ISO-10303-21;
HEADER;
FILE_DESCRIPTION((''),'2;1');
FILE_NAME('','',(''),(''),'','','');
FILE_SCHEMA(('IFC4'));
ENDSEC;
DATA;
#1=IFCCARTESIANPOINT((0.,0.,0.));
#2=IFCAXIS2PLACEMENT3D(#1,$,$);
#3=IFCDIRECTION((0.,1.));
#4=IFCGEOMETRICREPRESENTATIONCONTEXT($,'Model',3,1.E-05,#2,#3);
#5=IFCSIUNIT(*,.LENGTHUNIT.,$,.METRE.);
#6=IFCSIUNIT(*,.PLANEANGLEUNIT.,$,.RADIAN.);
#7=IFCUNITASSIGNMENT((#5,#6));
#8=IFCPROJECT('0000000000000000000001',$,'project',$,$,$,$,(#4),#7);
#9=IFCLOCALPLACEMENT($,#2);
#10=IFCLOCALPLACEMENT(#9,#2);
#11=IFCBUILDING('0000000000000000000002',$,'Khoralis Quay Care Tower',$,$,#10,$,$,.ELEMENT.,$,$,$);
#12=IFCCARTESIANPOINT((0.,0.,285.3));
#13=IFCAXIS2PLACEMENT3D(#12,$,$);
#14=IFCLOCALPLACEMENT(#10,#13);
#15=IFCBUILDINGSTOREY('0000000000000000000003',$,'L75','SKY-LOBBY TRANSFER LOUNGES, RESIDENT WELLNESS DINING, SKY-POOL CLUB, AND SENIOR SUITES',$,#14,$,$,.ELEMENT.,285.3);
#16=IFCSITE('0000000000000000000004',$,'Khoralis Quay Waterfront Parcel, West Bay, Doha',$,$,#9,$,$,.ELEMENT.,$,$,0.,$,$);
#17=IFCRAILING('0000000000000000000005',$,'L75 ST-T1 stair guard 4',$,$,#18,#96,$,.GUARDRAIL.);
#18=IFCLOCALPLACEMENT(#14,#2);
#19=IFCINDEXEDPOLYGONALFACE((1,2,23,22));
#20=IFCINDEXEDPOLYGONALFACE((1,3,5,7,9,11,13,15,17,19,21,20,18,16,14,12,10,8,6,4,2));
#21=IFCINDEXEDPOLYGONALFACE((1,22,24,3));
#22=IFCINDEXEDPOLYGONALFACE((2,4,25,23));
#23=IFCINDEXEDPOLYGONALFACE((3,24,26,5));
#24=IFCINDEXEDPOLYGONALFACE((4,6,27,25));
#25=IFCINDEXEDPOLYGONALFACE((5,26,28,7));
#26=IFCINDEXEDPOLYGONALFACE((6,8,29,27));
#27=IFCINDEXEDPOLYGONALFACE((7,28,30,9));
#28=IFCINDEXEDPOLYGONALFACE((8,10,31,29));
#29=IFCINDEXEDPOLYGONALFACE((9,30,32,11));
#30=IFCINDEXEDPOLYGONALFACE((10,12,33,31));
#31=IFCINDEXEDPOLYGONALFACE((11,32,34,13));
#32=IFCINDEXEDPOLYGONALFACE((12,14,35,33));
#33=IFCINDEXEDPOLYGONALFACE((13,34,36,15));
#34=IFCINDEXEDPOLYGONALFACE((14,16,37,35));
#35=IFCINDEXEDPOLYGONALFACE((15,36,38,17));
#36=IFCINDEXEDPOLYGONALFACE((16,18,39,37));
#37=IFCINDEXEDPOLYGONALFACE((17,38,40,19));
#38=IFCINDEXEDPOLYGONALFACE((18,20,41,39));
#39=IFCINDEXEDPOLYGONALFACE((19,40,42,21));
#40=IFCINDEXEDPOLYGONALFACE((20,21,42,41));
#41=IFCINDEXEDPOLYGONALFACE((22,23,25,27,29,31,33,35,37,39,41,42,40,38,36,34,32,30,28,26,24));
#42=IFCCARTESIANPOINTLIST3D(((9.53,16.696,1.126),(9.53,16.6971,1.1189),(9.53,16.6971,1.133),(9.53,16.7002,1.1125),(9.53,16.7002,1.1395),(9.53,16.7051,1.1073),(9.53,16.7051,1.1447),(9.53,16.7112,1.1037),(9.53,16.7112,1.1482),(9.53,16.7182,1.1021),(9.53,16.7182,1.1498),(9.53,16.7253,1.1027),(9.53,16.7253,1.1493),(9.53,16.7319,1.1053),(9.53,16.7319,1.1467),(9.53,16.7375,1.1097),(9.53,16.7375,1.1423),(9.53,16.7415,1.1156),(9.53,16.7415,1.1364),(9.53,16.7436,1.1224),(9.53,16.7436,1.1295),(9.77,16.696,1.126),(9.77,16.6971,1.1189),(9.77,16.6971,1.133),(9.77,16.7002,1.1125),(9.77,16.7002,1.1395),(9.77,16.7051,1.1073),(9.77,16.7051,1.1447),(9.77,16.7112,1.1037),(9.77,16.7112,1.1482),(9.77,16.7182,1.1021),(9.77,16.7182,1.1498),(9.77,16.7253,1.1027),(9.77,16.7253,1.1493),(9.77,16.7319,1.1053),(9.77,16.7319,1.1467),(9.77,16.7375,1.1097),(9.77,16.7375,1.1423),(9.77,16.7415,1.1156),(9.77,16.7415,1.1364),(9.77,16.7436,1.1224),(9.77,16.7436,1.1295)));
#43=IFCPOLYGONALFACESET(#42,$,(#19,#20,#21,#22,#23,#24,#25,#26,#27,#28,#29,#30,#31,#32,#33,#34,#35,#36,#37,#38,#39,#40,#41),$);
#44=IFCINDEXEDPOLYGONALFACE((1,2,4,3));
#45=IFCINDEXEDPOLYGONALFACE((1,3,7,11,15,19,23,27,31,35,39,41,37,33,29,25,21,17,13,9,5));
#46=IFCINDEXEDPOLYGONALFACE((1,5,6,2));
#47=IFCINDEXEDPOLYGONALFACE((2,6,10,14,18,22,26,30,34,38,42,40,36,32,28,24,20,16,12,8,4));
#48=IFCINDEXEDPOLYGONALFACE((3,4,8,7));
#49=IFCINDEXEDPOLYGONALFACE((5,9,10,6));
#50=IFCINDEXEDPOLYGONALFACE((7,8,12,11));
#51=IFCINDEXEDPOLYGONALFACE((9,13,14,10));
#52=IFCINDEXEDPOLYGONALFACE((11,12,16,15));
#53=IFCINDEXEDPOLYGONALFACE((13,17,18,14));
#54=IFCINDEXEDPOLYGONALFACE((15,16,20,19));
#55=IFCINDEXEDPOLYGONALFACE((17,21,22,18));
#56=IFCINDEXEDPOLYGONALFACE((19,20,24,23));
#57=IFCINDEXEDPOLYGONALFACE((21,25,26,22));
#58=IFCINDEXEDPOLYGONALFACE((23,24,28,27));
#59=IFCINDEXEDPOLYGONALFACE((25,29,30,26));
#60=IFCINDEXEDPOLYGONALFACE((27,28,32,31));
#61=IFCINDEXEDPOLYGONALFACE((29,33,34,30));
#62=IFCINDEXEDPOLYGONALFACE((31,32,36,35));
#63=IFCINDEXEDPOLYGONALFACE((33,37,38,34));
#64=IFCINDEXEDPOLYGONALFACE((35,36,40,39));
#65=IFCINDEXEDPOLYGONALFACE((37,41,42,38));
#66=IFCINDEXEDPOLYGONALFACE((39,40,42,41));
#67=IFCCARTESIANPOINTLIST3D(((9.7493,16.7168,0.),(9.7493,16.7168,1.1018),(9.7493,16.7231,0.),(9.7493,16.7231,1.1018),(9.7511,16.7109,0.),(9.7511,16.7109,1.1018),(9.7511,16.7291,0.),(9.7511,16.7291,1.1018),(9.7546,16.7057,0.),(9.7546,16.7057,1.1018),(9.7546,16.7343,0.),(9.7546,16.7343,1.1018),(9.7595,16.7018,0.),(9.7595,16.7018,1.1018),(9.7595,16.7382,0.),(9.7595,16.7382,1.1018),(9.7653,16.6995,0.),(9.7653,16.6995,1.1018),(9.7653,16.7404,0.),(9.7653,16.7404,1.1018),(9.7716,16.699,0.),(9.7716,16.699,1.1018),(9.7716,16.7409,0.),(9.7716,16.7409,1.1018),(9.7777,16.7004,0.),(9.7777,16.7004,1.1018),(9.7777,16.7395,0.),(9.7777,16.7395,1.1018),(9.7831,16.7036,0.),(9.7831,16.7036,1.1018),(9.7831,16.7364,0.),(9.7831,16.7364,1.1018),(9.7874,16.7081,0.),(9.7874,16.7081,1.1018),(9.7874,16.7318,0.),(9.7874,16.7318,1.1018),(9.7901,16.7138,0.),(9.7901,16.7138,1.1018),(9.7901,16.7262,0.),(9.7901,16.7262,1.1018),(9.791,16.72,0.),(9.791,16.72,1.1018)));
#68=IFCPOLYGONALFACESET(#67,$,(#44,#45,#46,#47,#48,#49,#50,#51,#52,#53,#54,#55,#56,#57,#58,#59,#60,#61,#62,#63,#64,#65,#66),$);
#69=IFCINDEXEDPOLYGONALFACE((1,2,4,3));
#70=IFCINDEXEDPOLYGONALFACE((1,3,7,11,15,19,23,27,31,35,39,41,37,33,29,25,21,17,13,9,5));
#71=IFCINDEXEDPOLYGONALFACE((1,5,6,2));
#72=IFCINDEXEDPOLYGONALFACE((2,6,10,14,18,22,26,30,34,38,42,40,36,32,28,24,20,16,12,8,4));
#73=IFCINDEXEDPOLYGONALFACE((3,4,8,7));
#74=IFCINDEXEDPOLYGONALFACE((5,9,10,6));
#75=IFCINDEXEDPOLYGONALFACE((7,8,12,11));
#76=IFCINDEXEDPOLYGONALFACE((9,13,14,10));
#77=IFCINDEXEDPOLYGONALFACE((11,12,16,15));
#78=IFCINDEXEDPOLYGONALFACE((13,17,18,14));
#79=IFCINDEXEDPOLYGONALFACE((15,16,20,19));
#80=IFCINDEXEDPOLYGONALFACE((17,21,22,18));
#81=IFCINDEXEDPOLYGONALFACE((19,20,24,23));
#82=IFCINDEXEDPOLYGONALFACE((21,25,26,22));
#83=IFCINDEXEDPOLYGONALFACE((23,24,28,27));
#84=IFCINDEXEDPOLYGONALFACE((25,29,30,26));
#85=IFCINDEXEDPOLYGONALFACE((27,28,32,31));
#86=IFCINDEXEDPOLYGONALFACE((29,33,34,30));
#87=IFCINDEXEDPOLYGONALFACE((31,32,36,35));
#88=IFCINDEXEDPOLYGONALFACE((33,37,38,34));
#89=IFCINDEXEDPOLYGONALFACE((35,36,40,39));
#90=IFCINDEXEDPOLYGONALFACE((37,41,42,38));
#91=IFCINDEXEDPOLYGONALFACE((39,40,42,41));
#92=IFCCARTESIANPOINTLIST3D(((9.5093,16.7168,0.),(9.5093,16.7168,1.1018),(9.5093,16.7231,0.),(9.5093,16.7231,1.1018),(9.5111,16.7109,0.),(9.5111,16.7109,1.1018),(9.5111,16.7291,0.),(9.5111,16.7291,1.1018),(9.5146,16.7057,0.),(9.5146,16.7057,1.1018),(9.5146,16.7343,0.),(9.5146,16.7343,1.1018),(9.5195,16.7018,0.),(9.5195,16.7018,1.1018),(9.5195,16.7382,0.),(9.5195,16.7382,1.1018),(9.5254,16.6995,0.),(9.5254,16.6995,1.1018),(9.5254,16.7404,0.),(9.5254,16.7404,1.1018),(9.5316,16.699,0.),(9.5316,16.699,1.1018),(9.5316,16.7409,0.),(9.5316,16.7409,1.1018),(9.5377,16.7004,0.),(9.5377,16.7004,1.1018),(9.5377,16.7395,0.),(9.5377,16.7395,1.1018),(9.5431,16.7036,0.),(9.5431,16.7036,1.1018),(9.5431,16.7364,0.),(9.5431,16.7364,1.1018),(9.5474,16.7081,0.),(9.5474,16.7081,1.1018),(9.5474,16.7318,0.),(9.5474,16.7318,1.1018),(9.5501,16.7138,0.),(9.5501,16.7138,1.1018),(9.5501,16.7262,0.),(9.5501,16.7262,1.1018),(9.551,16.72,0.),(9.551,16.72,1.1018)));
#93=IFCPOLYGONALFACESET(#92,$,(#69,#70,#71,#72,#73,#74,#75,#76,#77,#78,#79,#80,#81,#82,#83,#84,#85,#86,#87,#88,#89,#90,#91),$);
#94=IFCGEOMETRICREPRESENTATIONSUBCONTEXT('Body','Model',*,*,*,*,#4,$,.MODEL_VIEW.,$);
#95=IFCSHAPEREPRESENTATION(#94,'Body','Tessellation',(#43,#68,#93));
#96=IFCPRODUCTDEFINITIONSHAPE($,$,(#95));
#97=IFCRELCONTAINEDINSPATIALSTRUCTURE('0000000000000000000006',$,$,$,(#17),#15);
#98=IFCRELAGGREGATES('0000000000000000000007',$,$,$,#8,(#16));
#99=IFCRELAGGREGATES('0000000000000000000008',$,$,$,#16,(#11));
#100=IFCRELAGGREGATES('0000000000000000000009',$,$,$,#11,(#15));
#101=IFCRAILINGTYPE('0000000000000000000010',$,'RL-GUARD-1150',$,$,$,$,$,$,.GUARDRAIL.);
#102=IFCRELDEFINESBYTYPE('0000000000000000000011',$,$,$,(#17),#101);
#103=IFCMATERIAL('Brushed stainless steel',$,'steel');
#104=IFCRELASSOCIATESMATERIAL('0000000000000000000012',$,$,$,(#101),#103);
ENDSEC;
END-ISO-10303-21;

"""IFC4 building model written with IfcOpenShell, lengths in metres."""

from ifc_helpers import new_model, si_unit, direction, frame, origin, origin_2d, place, context, subcontext, project, spatial, circle, extrude, material, type_object, element, save


model = new_model("IFC4")

# Units and contexts
model_context = context("Model", 3, precision=1e-05, world=origin(), true_north=direction((0.0, 1.0)))
body_context = subcontext(model_context, "Body", "Model", "MODEL_VIEW")
ifc_project = project(units=[si_unit("LENGTHUNIT", "METRE"), si_unit("PLANEANGLEUNIT", "RADIAN")], contexts=[model_context])

# Site, building, storey
site_placement = place(None, origin())
site = spatial("IfcSite", under=ifc_project, at=site_placement, Name="Khoralis Quay Waterfront Parcel, West Bay, Doha", CompositionType="ELEMENT", RefElevation=0.0)
building_placement = place(site_placement, origin())
building = spatial("IfcBuilding", under=site, at=building_placement, Name="Khoralis Quay Care Tower", CompositionType="ELEMENT")
storey_placement = place(building_placement, frame((0.0, 0.0, 285.3)))
storey = spatial("IfcBuildingStorey", under=building, at=storey_placement, Name="L75", Description="SKY-LOBBY TRANSFER LOUNGES, RESIDENT WELLNESS DINING, SKY-POOL CLUB, AND SENIOR SUITES", CompositionType="ELEMENT", Elevation=285.3)

# Shared definitions
ifc_material_1 = material(Name="Brushed stainless steel", Category="steel")

# Railing
railing_type_1 = type_object("IfcRailingType", Name="RL-GUARD-1150", PredefinedType="GUARDRAIL", material=ifc_material_1)
railing_1_placement = place(storey_placement, frame((9.77, 16.72, 0.0)))
element("IfcRailing", 1, at=railing_1_placement, inside=storey, type_object=railing_type_1, Name="L75 ST-T1 stair guard 4", PredefinedType="GUARDRAIL", context=body_context, shape_type="SweptSolid", body=[
    extrude(circle(Radius=0.0239, at=origin_2d()), frame((0.0, 0.0, 1.126), z_axis=(-1.0, 0.0, 0.0), x_axis=(0.0, -1.0, 0.0)), (0.0, 0.0, 1.0), 0.24),
    extrude(circle(Radius=0.021, at=origin_2d()), origin(), (0.0, 0.0, 1.0), 1.1018),
    extrude(circle(Radius=0.021, at=origin_2d()), frame((-0.24, 0.0, 0.0)), (0.0, 0.0, 1.0), 1.1018),
])

save(model, "model.ifc")
